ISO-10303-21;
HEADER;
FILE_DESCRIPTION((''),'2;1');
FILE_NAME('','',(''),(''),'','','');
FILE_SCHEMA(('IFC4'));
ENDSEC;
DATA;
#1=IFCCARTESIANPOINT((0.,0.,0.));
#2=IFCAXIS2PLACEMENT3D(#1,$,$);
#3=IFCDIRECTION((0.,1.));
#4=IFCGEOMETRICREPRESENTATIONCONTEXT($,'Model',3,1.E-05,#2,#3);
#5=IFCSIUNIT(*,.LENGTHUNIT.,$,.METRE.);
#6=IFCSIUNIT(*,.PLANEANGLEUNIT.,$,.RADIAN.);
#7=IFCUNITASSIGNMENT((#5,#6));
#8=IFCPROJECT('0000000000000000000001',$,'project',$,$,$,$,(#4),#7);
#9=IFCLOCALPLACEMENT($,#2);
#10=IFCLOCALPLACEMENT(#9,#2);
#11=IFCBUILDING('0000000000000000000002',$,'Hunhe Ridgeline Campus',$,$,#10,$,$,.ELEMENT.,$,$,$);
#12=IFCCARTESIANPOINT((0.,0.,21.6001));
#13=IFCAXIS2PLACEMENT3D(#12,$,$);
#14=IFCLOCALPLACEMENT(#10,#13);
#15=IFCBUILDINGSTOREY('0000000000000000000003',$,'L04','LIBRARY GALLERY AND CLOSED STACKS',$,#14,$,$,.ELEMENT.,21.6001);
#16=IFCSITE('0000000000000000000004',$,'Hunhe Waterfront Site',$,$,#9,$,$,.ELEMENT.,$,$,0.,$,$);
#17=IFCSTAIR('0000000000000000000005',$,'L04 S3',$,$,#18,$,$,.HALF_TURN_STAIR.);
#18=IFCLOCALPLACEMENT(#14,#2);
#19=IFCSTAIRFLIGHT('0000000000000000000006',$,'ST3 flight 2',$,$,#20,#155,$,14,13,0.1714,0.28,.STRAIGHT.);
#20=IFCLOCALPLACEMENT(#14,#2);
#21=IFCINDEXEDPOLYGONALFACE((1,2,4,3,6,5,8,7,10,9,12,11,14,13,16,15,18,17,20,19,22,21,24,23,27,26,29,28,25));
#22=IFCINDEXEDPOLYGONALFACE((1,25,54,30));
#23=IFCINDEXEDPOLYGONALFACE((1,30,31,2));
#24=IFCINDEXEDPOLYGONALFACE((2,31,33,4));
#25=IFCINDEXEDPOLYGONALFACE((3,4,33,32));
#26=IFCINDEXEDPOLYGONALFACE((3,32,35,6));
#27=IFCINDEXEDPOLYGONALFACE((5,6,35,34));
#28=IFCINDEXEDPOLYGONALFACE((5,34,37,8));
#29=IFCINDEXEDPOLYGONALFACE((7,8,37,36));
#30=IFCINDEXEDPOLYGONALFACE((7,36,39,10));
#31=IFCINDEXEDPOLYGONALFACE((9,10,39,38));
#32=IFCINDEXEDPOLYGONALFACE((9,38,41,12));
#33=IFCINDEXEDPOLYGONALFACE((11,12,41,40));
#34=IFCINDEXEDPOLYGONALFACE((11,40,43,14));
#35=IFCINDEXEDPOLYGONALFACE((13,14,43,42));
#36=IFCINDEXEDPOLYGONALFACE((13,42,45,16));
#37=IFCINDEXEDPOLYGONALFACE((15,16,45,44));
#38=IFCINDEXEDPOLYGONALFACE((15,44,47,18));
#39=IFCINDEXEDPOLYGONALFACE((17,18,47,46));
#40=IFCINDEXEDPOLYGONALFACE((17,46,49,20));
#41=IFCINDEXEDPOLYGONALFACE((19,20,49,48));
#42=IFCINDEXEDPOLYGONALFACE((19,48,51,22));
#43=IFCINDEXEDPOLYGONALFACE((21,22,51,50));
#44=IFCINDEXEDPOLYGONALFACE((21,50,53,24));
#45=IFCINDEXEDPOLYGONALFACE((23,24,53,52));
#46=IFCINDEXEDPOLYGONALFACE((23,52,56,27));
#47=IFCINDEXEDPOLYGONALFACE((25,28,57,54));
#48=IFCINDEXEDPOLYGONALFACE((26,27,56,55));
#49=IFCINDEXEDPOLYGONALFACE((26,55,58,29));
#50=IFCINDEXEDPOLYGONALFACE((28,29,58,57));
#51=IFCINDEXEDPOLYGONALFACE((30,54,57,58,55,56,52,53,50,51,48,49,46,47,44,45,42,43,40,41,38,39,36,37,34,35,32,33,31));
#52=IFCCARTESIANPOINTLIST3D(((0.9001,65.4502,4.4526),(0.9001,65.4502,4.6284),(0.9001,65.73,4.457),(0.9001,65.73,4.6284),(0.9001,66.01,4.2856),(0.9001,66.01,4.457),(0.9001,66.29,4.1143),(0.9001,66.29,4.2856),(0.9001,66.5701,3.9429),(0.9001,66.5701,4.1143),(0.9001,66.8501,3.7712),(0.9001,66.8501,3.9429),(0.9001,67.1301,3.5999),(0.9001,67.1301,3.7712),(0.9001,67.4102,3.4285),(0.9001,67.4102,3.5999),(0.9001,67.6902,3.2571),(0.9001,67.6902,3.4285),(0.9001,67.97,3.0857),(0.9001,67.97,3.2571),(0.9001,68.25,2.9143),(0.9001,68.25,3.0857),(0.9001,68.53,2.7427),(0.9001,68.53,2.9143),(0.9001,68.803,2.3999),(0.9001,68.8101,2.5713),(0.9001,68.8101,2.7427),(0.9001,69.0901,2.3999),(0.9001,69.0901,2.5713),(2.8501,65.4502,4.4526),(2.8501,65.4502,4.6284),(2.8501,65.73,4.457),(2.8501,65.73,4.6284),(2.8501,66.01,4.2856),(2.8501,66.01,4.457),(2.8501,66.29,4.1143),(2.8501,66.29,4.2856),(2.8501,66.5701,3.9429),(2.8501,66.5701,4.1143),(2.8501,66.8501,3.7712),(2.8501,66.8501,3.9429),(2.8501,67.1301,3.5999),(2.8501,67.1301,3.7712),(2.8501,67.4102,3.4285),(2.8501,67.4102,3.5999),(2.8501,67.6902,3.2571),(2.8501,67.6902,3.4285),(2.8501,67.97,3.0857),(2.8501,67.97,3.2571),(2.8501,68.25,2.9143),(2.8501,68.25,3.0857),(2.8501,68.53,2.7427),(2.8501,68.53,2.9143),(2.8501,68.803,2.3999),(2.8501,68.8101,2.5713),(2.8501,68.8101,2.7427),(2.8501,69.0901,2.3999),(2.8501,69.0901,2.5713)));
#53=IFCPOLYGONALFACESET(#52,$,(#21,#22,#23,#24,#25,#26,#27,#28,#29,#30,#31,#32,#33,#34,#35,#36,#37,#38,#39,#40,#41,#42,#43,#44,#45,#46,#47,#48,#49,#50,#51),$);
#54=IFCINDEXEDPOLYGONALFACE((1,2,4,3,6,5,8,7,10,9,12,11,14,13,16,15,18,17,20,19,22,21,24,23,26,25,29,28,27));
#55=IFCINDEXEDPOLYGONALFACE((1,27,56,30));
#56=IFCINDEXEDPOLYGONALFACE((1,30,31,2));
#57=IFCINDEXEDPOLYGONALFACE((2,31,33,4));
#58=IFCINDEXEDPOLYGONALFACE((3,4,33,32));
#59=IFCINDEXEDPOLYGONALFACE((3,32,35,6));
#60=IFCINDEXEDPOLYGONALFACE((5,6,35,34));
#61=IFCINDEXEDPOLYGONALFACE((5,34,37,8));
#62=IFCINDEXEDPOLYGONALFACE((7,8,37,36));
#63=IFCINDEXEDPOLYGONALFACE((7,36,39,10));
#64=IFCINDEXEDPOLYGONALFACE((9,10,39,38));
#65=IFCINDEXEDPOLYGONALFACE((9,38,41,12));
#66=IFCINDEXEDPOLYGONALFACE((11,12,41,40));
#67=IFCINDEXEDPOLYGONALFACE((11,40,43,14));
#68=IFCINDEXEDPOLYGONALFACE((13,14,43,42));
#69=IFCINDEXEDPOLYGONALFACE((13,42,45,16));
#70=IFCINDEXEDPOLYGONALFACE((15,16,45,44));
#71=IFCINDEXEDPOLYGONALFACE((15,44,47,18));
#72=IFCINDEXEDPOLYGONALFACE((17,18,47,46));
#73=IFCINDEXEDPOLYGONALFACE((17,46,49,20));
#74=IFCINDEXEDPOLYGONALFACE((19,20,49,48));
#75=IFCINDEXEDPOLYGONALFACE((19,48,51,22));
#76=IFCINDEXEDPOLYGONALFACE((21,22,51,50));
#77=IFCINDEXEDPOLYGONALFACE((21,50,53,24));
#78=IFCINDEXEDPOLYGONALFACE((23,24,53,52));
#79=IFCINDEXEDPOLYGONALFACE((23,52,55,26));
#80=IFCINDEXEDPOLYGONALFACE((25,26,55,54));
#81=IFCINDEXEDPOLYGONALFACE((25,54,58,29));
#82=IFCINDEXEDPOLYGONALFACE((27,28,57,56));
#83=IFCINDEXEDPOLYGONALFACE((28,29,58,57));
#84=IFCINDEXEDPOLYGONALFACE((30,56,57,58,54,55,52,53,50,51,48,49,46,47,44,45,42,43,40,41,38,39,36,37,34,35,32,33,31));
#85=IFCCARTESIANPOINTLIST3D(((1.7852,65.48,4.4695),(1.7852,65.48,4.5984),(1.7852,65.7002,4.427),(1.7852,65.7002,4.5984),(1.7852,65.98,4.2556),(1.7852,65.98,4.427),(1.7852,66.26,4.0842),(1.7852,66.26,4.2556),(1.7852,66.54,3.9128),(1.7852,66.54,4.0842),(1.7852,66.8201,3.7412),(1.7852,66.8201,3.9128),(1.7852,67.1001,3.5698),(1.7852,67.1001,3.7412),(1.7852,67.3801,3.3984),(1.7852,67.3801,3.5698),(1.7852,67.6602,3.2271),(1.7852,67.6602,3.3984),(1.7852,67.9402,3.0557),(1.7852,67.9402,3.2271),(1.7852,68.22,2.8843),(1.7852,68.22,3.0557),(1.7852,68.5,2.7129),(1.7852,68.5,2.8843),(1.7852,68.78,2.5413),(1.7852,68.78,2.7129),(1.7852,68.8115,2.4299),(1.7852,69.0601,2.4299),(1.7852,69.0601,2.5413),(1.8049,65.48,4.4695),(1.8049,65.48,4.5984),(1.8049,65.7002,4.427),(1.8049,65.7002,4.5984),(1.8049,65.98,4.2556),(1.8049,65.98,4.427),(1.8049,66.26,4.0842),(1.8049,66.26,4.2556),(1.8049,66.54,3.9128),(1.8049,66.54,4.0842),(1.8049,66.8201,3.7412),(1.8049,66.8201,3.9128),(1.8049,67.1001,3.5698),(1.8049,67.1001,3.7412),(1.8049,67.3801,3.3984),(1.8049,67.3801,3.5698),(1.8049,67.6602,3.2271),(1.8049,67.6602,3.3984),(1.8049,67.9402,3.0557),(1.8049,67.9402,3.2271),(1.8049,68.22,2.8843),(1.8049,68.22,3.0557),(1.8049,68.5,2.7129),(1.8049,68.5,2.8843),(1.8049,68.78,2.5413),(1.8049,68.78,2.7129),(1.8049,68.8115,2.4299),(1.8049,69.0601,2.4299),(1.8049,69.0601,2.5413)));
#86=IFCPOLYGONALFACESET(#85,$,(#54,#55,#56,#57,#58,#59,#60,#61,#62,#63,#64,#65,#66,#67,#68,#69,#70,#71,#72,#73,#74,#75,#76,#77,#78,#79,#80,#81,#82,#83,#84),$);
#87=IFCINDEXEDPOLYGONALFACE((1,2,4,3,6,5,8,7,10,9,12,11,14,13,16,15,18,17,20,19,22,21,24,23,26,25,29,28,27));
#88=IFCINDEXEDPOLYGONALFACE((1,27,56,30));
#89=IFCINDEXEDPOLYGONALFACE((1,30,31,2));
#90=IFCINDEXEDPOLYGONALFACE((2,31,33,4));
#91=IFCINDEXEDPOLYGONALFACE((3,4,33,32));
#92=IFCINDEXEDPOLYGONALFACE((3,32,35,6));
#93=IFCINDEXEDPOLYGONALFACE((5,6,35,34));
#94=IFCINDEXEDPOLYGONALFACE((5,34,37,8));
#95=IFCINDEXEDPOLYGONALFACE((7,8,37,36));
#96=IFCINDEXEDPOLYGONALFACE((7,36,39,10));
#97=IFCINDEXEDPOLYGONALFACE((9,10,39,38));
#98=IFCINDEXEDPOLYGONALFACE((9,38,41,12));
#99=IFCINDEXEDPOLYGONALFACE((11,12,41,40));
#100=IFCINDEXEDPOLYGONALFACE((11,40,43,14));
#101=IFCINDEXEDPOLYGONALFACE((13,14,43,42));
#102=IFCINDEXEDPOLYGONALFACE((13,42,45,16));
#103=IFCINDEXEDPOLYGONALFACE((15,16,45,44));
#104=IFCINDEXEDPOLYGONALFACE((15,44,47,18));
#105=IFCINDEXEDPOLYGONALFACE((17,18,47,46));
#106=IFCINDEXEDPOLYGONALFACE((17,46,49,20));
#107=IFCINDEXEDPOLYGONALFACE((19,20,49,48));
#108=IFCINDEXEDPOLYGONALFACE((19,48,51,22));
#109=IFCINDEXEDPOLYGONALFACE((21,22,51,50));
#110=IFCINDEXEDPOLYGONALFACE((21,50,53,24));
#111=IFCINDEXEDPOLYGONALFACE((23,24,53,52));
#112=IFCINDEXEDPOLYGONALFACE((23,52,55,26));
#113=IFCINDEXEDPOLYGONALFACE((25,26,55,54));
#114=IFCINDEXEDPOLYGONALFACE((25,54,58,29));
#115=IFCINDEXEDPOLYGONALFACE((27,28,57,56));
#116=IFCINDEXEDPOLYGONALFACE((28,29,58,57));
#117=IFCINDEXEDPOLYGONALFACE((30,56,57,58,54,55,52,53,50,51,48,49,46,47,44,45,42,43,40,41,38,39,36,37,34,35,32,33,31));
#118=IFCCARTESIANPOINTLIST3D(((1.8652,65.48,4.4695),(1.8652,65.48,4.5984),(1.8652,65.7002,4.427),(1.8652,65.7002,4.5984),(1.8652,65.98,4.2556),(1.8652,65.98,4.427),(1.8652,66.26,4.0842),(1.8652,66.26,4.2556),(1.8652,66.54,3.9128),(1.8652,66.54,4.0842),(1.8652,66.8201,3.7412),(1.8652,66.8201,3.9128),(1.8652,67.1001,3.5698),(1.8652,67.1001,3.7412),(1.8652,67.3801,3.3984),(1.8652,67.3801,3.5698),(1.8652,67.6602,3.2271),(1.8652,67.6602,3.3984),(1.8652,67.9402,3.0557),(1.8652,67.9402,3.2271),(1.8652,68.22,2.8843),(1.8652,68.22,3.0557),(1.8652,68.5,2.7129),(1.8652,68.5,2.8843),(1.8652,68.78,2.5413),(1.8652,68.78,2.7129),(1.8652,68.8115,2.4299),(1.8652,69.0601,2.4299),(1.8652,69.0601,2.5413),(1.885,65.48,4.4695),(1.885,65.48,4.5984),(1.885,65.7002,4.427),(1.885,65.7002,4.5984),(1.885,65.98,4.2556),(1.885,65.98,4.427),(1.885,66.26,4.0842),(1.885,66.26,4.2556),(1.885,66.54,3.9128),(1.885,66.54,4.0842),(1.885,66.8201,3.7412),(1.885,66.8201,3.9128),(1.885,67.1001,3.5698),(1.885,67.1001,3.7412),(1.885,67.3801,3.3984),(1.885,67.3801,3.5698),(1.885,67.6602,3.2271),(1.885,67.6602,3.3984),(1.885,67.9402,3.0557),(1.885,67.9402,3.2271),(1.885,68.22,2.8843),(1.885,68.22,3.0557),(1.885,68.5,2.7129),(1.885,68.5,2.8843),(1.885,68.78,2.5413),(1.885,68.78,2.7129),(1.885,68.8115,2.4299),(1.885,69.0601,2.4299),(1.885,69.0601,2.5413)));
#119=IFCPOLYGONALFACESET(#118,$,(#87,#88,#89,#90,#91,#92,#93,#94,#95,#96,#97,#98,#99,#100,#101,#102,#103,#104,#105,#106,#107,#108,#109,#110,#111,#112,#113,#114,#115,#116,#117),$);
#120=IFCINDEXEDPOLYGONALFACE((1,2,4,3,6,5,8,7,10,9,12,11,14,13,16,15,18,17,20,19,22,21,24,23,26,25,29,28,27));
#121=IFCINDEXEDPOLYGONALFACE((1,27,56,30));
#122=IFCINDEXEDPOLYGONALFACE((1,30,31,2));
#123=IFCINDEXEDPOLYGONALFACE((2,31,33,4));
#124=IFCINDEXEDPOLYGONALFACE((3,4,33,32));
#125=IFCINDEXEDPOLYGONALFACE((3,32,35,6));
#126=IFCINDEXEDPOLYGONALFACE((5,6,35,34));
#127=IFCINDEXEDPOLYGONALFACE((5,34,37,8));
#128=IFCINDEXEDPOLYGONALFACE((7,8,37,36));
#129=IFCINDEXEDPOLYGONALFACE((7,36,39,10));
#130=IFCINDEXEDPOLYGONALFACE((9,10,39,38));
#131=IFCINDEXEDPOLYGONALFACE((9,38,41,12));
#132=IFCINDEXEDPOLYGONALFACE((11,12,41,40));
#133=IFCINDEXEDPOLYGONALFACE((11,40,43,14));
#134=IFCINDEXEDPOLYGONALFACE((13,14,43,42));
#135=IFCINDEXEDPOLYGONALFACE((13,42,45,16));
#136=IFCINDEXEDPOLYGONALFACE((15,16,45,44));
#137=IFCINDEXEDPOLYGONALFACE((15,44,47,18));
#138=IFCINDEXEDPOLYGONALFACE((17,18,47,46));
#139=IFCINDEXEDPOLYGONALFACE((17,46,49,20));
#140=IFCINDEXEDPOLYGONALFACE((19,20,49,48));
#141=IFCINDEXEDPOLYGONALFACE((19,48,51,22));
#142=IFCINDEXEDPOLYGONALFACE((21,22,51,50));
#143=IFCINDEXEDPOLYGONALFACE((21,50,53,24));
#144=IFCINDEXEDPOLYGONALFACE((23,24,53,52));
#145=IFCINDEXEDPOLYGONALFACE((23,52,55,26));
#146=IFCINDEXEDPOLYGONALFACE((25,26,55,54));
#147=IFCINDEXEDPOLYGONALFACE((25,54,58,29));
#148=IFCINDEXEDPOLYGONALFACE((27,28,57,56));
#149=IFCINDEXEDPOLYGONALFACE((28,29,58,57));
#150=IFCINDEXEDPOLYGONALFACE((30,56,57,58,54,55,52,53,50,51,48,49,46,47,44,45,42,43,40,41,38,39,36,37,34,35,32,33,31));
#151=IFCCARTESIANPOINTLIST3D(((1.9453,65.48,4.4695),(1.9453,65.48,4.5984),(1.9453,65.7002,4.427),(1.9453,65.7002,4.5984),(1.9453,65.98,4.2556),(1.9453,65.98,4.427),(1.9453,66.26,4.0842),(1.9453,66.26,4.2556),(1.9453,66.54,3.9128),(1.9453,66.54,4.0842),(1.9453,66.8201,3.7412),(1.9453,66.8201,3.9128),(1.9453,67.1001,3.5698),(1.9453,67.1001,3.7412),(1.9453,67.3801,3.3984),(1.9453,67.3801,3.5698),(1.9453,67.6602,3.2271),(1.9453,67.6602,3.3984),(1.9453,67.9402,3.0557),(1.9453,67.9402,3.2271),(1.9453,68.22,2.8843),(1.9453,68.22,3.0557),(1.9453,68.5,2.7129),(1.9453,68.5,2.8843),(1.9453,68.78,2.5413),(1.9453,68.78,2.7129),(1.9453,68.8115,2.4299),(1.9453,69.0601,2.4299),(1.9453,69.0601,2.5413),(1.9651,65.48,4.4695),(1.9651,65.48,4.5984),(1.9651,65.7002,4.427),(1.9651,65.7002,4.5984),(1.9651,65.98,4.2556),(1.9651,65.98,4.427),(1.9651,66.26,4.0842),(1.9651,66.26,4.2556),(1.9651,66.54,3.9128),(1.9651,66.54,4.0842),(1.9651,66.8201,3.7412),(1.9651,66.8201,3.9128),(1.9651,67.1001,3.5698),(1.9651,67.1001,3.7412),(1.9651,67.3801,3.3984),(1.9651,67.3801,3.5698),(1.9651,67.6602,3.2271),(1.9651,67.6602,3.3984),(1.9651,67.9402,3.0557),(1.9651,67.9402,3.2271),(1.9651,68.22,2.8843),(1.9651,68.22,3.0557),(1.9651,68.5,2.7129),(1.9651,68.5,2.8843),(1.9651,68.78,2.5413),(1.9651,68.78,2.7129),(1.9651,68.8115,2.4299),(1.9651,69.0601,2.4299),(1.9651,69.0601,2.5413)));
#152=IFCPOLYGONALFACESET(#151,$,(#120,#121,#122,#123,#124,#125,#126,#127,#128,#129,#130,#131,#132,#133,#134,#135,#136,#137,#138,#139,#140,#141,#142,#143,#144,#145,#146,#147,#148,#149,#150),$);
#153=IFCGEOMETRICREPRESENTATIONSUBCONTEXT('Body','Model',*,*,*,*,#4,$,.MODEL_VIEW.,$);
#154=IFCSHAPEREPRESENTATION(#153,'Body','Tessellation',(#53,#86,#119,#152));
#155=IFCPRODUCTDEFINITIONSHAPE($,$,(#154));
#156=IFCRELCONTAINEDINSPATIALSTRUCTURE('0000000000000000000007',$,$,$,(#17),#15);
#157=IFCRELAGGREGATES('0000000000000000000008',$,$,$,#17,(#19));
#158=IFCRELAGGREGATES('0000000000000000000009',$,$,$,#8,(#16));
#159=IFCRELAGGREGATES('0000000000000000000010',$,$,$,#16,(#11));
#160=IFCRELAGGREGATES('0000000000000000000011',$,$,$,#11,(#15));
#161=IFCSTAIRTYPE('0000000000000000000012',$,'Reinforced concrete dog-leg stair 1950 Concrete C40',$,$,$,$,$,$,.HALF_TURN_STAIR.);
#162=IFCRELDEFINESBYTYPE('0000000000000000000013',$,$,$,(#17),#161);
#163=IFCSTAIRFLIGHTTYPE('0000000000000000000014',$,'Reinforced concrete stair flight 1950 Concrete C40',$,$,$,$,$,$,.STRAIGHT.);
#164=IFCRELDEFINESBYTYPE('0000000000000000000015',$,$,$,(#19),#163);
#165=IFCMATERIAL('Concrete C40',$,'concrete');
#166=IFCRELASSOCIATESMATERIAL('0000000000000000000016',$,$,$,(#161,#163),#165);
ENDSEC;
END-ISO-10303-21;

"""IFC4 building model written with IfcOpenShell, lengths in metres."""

from ifc_helpers import new_model, si_unit, direction, frame, origin, place, context, subcontext, project, spatial, polyline, outline, extrude, material, type_object, element, aggregate, save


model = new_model("IFC4")

# Units and contexts
model_context = context("Model", 3, precision=1e-05, world=origin(), true_north=direction((0.0, 1.0)))
body_context = subcontext(model_context, "Body", "Model", "MODEL_VIEW")
ifc_project = project(units=[si_unit("LENGTHUNIT", "METRE"), si_unit("PLANEANGLEUNIT", "RADIAN")], contexts=[model_context])

# Site, building, storey
site_placement = place(None, origin())
site = spatial("IfcSite", under=ifc_project, at=site_placement, Name="Hunhe Waterfront Site", CompositionType="ELEMENT", RefElevation=0.0)
building_placement = place(site_placement, origin())
building = spatial("IfcBuilding", under=site, at=building_placement, Name="Hunhe Ridgeline Campus", CompositionType="ELEMENT")
storey_placement = place(building_placement, frame((0.0, 0.0, 21.6001)))
storey = spatial("IfcBuildingStorey", under=building, at=storey_placement, Name="L04", Description="LIBRARY GALLERY AND CLOSED STACKS", CompositionType="ELEMENT", Elevation=21.6001)

# Stair, stair flight
ifc_material_1 = material(Name="Concrete C40", Category="concrete")
stair_type = type_object("IfcStairType", Name="Reinforced concrete dog-leg stair 1950 Concrete C40", PredefinedType="HALF_TURN_STAIR", material=ifc_material_1)
stair_1_placement = place(storey_placement, origin())
stair_1 = element("IfcStair", 1, at=stair_1_placement, inside=storey, type_object=stair_type, Name="L04 S3", PredefinedType="HALF_TURN_STAIR")
stair_flight_type = type_object("IfcStairFlightType", Name="Reinforced concrete stair flight 1950 Concrete C40", PredefinedType="STRAIGHT", material=ifc_material_1)
stair_flight_1_placement = place(storey_placement, frame((1.875, 69.0901, 2.3999), z_axis=(0.0, 0.0, 1.0), x_axis=(0.0, -1.0, 0.0)))
stair_flight_1 = element("IfcStairFlight", 2, at=stair_flight_1_placement, type_object=stair_flight_type, Name="ST3 flight 2", NumberOfRisers=14, NumberOfTreads=13, PredefinedType="STRAIGHT", RiserHeight=0.1714, TreadLength=0.28, context=body_context, shape_type="SweptSolid", body=[
    extrude(outline(polyline([(0.0, 0.0), (0.0, 0.1714), (0.28, 0.1714), (0.28, 0.3428), (0.5601, 0.3428), (0.5601, 0.5144), (0.8401, 0.5144), (0.8401, 0.6858), (1.1201, 0.6858), (1.1201, 0.8572), (1.3999, 0.8572), (1.3999, 1.0286), (1.6799, 1.0286), (1.6799, 1.2), (1.96, 1.2), (1.96, 1.3713), (2.24, 1.3713), (2.24, 1.543), (2.52, 1.543), (2.52, 1.7144), (2.8, 1.7144), (2.8, 1.8857), (3.0801, 1.8857), (3.0801, 2.0571), (3.3601, 2.0571), (3.3601, 2.2285), (3.6399, 2.2285), (3.6399, 2.3999), (3.6399, 2.0527), (0.2871, 0.0), (0.0, 0.0)])), frame((0.0, 0.9751, 0.0), z_axis=(0.0, -1.0, 0.0), x_axis=(1.0, 0.0, 0.0)), (0.0, 0.0, 1.0), 1.95),
    extrude(outline(polyline([(0.03, 0.03), (0.03, 0.1414), (0.3101, 0.1414), (0.3101, 0.313), (0.5901, 0.313), (0.5901, 0.4844), (0.8701, 0.4844), (0.8701, 0.6558), (1.1499, 0.6558), (1.1499, 0.8271), (1.4299, 0.8271), (1.4299, 0.9985), (1.71, 0.9985), (1.71, 1.1699), (1.99, 1.1699), (1.99, 1.3413), (2.27, 1.3413), (2.27, 1.5129), (2.55, 1.5129), (2.55, 1.6843), (2.8301, 1.6843), (2.8301, 1.8557), (3.1101, 1.8557), (3.1101, 2.0271), (3.3899, 2.0271), (3.3899, 2.1985), (3.6101, 2.1985), (3.6101, 2.0696), (0.2786, 0.03), (0.03, 0.03)])), frame((0.0, -0.0701, 0.0), z_axis=(0.0, -1.0, 0.0), x_axis=(1.0, 0.0, 0.0)), (0.0, 0.0, 1.0), 0.0198),
    extrude(outline(polyline([(0.03, 0.03), (0.03, 0.1414), (0.3101, 0.1414), (0.3101, 0.313), (0.5901, 0.313), (0.5901, 0.4844), (0.8701, 0.4844), (0.8701, 0.6558), (1.1499, 0.6558), (1.1499, 0.8271), (1.4299, 0.8271), (1.4299, 0.9985), (1.71, 0.9985), (1.71, 1.1699), (1.99, 1.1699), (1.99, 1.3413), (2.27, 1.3413), (2.27, 1.5129), (2.55, 1.5129), (2.55, 1.6843), (2.8301, 1.6843), (2.8301, 1.8557), (3.1101, 1.8557), (3.1101, 2.0271), (3.3899, 2.0271), (3.3899, 2.1985), (3.6101, 2.1985), (3.6101, 2.0696), (0.2786, 0.03), (0.03, 0.03)])), frame((0.0, 0.01, 0.0), z_axis=(0.0, -1.0, 0.0), x_axis=(1.0, 0.0, 0.0)), (0.0, 0.0, 1.0), 0.0198),
    extrude(outline(polyline([(0.03, 0.03), (0.03, 0.1414), (0.3101, 0.1414), (0.3101, 0.313), (0.5901, 0.313), (0.5901, 0.4844), (0.8701, 0.4844), (0.8701, 0.6558), (1.1499, 0.6558), (1.1499, 0.8271), (1.4299, 0.8271), (1.4299, 0.9985), (1.71, 0.9985), (1.71, 1.1699), (1.99, 1.1699), (1.99, 1.3413), (2.27, 1.3413), (2.27, 1.5129), (2.55, 1.5129), (2.55, 1.6843), (2.8301, 1.6843), (2.8301, 1.8557), (3.1101, 1.8557), (3.1101, 2.0271), (3.3899, 2.0271), (3.3899, 2.1985), (3.6101, 2.1985), (3.6101, 2.0696), (0.2786, 0.03), (0.03, 0.03)])), frame((0.0, 0.0901, 0.0), z_axis=(0.0, -1.0, 0.0), x_axis=(1.0, 0.0, 0.0)), (0.0, 0.0, 1.0), 0.0198),
])
aggregate(stair_1, [stair_flight_1])

save(model, "model.ifc")
